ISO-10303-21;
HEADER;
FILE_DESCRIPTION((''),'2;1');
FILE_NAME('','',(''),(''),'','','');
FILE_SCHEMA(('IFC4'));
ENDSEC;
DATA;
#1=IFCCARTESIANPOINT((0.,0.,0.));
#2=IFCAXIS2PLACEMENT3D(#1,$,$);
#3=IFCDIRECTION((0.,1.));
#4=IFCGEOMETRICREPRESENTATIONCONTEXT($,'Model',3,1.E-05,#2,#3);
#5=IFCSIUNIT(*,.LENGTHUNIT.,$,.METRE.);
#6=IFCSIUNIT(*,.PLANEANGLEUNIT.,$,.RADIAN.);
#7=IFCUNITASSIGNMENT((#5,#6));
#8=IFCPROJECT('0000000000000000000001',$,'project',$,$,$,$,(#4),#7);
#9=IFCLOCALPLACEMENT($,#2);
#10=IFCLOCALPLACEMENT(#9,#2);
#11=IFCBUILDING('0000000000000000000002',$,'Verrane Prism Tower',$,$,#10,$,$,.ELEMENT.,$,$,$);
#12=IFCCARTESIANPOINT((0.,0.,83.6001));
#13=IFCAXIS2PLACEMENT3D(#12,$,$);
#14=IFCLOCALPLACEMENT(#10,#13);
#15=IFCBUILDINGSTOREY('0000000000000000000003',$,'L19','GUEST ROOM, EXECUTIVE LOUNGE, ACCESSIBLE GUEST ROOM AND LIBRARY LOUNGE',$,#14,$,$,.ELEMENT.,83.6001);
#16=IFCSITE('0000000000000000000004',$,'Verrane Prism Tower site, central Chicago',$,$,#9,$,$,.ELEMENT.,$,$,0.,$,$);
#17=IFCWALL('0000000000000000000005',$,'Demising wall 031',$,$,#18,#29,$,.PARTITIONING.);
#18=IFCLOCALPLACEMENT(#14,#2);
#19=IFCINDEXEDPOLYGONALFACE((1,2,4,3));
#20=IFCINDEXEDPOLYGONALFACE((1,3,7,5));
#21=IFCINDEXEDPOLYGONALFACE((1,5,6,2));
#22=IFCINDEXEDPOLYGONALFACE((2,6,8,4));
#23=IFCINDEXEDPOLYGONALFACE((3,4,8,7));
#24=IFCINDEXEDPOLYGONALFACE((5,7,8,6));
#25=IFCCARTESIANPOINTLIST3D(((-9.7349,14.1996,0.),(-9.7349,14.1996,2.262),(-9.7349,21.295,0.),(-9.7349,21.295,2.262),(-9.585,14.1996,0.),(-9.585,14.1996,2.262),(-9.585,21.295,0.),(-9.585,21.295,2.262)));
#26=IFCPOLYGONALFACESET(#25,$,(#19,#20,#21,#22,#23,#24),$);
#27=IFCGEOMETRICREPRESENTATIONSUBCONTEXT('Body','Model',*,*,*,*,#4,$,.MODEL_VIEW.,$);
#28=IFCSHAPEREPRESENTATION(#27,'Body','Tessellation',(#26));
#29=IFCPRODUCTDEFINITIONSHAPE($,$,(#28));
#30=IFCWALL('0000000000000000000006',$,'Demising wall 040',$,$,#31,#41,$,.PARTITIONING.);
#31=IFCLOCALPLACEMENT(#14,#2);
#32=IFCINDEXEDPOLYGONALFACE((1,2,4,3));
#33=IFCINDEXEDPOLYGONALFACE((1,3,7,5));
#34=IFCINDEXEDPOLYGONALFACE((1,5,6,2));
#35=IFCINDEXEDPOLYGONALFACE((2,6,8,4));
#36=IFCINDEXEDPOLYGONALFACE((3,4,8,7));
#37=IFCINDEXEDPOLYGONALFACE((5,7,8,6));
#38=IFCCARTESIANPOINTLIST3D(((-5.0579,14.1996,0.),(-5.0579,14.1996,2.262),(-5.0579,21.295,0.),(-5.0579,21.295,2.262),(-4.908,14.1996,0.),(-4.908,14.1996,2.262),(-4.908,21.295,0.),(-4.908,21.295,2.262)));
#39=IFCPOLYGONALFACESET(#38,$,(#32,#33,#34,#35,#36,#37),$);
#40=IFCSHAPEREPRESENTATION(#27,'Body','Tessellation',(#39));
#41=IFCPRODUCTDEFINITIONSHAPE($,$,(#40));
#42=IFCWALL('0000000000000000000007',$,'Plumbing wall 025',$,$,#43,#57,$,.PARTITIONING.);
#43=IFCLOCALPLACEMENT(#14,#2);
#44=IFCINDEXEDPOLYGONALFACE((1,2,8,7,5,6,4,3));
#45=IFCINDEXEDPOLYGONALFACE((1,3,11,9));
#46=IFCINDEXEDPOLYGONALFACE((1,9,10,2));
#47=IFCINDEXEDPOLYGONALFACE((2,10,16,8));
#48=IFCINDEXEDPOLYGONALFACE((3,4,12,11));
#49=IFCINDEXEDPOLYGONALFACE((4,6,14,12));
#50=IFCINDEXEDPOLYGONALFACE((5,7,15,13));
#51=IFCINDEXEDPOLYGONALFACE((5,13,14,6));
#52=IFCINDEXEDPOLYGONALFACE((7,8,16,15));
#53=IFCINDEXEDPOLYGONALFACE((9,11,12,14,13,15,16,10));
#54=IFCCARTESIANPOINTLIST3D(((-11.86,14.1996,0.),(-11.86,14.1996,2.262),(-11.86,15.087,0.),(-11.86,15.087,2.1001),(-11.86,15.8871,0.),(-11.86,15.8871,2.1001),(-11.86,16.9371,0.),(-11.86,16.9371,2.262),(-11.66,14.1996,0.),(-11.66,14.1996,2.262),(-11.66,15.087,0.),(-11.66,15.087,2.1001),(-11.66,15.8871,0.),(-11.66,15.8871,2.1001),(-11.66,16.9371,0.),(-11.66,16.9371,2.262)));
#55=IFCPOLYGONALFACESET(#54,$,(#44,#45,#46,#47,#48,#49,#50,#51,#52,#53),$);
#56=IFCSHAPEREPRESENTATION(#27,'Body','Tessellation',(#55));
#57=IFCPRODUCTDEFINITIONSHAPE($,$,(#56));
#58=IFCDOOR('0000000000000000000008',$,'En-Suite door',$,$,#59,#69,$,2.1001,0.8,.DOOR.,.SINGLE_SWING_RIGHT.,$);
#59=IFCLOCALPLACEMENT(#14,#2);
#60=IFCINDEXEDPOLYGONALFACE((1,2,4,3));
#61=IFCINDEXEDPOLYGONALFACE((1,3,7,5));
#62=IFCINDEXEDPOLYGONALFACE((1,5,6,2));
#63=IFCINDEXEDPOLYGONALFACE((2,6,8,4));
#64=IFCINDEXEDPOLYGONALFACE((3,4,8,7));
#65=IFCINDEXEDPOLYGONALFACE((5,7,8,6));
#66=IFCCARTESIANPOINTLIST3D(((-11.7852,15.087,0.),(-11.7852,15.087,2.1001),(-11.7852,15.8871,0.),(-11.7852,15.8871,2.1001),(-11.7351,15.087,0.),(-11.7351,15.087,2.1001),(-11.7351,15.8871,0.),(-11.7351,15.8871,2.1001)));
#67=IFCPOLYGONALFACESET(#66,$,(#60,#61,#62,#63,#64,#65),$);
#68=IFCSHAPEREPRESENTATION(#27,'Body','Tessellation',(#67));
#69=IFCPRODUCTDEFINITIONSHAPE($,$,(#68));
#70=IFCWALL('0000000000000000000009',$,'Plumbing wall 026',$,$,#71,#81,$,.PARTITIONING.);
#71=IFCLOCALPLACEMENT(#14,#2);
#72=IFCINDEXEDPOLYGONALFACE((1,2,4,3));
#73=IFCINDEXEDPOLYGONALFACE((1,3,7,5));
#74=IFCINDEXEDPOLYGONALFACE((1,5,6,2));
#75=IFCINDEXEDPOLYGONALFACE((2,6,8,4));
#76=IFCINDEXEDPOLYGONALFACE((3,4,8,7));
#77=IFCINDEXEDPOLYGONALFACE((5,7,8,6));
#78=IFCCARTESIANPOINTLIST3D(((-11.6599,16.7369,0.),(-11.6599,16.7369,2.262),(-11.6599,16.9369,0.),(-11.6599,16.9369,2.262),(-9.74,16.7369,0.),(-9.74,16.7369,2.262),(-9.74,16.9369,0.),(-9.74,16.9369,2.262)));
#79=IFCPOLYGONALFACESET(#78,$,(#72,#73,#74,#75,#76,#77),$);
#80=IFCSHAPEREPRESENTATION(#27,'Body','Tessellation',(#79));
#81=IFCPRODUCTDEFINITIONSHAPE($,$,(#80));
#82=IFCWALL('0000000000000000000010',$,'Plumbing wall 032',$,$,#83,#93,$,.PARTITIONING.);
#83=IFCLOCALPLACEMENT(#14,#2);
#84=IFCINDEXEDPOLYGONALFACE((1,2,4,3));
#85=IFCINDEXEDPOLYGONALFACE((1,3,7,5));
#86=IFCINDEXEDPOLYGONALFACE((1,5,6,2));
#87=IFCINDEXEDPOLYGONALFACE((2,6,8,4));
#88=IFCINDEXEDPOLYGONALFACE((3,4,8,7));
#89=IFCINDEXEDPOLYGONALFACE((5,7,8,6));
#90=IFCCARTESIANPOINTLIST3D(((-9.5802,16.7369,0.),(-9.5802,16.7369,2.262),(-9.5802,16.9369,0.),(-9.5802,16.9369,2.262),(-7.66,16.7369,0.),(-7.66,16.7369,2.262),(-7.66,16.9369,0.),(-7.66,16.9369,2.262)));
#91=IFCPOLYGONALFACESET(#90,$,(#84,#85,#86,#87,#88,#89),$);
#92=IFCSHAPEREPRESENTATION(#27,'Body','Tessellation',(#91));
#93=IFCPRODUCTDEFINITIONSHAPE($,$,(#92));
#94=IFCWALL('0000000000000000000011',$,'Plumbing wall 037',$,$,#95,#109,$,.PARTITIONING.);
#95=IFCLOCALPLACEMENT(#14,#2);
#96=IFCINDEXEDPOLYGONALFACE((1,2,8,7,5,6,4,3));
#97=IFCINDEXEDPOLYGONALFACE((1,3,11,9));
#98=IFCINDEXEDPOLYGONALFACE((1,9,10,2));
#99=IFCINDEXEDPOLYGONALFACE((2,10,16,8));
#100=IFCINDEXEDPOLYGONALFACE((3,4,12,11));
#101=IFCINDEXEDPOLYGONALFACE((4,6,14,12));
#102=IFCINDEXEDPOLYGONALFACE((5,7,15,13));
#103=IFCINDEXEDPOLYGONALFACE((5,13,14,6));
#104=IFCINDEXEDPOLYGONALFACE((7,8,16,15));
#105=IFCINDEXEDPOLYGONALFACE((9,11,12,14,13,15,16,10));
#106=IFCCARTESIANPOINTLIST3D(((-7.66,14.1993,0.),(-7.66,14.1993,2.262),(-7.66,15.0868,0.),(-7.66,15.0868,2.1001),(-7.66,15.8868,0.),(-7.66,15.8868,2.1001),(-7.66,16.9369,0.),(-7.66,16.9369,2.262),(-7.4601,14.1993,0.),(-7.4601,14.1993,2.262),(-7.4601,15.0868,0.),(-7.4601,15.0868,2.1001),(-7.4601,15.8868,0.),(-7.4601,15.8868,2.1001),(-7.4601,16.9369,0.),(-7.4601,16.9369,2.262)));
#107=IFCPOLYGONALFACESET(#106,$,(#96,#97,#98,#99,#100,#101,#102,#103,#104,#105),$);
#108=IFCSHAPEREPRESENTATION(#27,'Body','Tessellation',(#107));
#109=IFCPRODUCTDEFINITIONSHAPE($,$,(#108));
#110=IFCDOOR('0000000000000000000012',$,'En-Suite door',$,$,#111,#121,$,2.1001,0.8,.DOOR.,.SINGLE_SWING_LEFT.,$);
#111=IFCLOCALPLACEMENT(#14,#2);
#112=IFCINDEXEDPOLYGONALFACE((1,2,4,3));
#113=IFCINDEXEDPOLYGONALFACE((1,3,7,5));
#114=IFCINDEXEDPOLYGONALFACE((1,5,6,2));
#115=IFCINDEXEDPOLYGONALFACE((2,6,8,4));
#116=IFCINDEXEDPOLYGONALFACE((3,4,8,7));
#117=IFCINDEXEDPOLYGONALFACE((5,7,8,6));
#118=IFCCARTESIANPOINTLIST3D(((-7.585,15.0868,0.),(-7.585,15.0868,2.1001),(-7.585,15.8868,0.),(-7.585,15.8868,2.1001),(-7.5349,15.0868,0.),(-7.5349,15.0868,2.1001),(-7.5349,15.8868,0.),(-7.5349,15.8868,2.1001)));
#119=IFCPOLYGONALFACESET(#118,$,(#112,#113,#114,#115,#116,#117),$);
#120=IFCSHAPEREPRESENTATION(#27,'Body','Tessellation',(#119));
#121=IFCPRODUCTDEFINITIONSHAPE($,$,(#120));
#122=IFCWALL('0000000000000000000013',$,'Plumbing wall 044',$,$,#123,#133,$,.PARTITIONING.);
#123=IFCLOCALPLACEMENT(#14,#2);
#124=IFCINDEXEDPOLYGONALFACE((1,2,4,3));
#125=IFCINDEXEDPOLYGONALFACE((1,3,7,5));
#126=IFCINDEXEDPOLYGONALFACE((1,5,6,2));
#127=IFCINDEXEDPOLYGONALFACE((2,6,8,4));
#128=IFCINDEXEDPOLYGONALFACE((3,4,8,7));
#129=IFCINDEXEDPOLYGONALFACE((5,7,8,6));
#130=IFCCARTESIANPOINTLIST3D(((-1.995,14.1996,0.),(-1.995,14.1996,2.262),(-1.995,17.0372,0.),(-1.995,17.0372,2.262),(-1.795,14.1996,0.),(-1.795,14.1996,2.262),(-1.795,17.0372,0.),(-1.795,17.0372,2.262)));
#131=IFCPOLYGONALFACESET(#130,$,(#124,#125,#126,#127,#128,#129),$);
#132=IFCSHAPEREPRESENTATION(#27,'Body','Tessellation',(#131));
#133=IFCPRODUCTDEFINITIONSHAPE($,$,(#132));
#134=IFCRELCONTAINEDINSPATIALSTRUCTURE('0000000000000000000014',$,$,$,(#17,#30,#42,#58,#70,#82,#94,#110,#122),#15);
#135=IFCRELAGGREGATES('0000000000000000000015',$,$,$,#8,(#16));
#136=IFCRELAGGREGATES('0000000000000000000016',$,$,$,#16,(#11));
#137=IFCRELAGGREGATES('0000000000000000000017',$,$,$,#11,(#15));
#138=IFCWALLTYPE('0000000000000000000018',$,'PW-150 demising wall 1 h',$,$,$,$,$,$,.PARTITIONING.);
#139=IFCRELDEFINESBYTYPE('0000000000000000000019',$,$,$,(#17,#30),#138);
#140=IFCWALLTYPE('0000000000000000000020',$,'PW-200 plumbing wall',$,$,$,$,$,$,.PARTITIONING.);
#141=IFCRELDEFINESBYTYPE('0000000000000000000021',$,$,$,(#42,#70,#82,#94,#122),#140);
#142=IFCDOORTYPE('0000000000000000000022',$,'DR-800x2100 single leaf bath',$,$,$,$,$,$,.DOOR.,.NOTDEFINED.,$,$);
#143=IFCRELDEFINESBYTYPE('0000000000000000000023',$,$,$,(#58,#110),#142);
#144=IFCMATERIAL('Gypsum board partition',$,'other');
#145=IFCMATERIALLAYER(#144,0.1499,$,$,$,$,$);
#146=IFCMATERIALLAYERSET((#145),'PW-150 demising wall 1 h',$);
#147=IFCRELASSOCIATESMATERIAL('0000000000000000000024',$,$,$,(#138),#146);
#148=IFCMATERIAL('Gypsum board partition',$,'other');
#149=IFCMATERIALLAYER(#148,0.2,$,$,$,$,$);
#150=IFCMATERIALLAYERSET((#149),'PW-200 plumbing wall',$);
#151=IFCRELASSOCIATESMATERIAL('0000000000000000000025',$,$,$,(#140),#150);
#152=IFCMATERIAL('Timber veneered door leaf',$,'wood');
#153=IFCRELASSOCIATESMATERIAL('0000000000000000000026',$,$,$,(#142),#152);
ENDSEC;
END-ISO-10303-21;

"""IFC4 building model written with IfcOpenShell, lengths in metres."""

from ifc_helpers import new_model, si_unit, direction, frame, frame_2d, origin, place, context, subcontext, project, spatial, rectangle, extrude, material, layer, layer_set, type_object, element, fill, save


model = new_model("IFC4")

# Units and contexts
model_context = context("Model", 3, precision=1e-05, world=origin(), true_north=direction((0.0, 1.0)))
body_context = subcontext(model_context, "Body", "Model", "MODEL_VIEW")
ifc_project = project(units=[si_unit("LENGTHUNIT", "METRE"), si_unit("PLANEANGLEUNIT", "RADIAN")], contexts=[model_context])

# Site, building, storey
site_placement = place(None, origin())
site = spatial("IfcSite", under=ifc_project, at=site_placement, Name="Verrane Prism Tower site, central Chicago", CompositionType="ELEMENT", RefElevation=0.0)
building_placement = place(site_placement, origin())
building = spatial("IfcBuilding", under=site, at=building_placement, Name="Verrane Prism Tower", CompositionType="ELEMENT")
storey_placement = place(building_placement, frame((0.0, 0.0, 83.6001)))
storey = spatial("IfcBuildingStorey", under=building, at=storey_placement, Name="L19", Description="GUEST ROOM, EXECUTIVE LOUNGE, ACCESSIBLE GUEST ROOM AND LIBRARY LOUNGE", CompositionType="ELEMENT", Elevation=83.6001)

# Walls
ifc_material_1 = material(Name="Gypsum board partition", Category="other")
ifc_layer_1 = layer(ifc_material_1, 0.1499)
ifc_layer_set_1 = layer_set([ifc_layer_1], Name="PW-150 demising wall 1 h")
wall_type_1 = type_object("IfcWallType", Name="PW-150 demising wall 1 h", PredefinedType="PARTITIONING", material=ifc_layer_set_1)
for number, where, z_axis, x_axis, name in (
    (1, (-9.6599, 14.1995, 0.0), (0.0, 0.0, 1.0), (0.0, 1.0, 0.0), "Demising wall 031"),
    (2, (-4.9829, 14.1995, 0.0), (0.0, 0.0, 1.0), (0.0, 1.0, 0.0), "Demising wall 040"),
):
    element("IfcWall", number, at=place(storey_placement, frame(where, z_axis=z_axis, x_axis=x_axis)), inside=storey, type_object=wall_type_1, Name=name, PredefinedType="PARTITIONING", context=body_context, shape_type="SweptSolid", body=[
        extrude(rectangle(XDim=7.0955, YDim=0.1499, at=frame_2d((3.5479, 0.0))), origin(), (0.0, 0.0, 1.0), 2.262),
    ])

# Wall, opening, door
ifc_material_2 = material(Name="Gypsum board partition", Category="other")
ifc_layer_2 = layer(ifc_material_2, 0.2)
ifc_layer_set_2 = layer_set([ifc_layer_2], Name="PW-200 plumbing wall")
wall_type_2 = type_object("IfcWallType", Name="PW-200 plumbing wall", PredefinedType="PARTITIONING", material=ifc_layer_set_2)
wall_1_placement = place(storey_placement, frame((-11.76, 16.937, 0.0), z_axis=(0.0, 0.0, 1.0), x_axis=(0.0, -1.0, 0.0)))
wall_1 = element("IfcWall", 3, at=wall_1_placement, inside=storey, type_object=wall_type_2, Name="Plumbing wall 025", PredefinedType="PARTITIONING", context=body_context, shape_type="SweptSolid", body=[
    extrude(rectangle(XDim=2.7375, YDim=0.2, at=frame_2d((1.3687, 0.0))), origin(), (0.0, 0.0, 1.0), 2.262),
])
opening_1_placement = place(wall_1_placement, frame((1.05, 0.0, 0.0)))
opening_1 = element("IfcOpeningElement", 4, at=opening_1_placement, cuts=wall_1, PredefinedType="OPENING", context=body_context, shape_type="SweptSolid", body=[
    extrude(rectangle(XDim=0.8, YDim=2.1001, at=frame_2d((0.3999, 1.05))), frame((0.0, 0.1099, 0.0), z_axis=(0.0, -1.0, 0.0), x_axis=(1.0, 0.0, 0.0)), (0.0, 0.0, 1.0), 0.22),
])
ifc_material_3 = material(Name="Timber veneered door leaf", Category="wood")
door_type_1 = type_object("IfcDoorType", Name="DR-800x2100 single leaf bath", OperationType="NOTDEFINED", PredefinedType="DOOR", material=ifc_material_3)
door_1_placement = place(opening_1_placement, origin())
door_1 = element("IfcDoor", 5, at=door_1_placement, inside=storey, type_object=door_type_1, Name="En-Suite door", OperationType="SINGLE_SWING_RIGHT", OverallHeight=2.1001, OverallWidth=0.8, PredefinedType="DOOR", context=body_context, shape_type="SweptSolid", body=[
    extrude(rectangle(XDim=0.8, YDim=2.1001, at=frame_2d((0.3999, 1.05))), frame((0.0, 0.0249, 0.0), z_axis=(0.0, -1.0, 0.0), x_axis=(1.0, 0.0, 0.0)), (0.0, 0.0, 1.0), 0.05),
])
fill(opening_1, door_1)

# Walls
wall_2_placement = place(storey_placement, frame((-11.6599, 16.8369, 0.0), z_axis=(0.0, 0.0, 1.0), x_axis=(1.0, 0.0, 0.0)))
element("IfcWall", 6, at=wall_2_placement, inside=storey, type_object=wall_type_2, Name="Plumbing wall 026", PredefinedType="PARTITIONING", context=body_context, shape_type="SweptSolid", body=[
    extrude(rectangle(XDim=1.9199, YDim=0.2, at=frame_2d((0.96, 0.0))), origin(), (0.0, 0.0, 1.0), 2.262),
])
wall_3_placement = place(storey_placement, frame((-9.5801, 16.8369, 0.0), z_axis=(0.0, 0.0, 1.0), x_axis=(1.0, 0.0, 0.0)))
element("IfcWall", 7, at=wall_3_placement, inside=storey, type_object=wall_type_2, Name="Plumbing wall 032", PredefinedType="PARTITIONING", context=body_context, shape_type="SweptSolid", body=[
    extrude(rectangle(XDim=1.9202, YDim=0.2, at=frame_2d((0.96, 0.0))), origin(), (0.0, 0.0, 1.0), 2.262),
])

# Wall, opening, door
wall_4_placement = place(storey_placement, frame((-7.5601, 14.1995, 0.0), z_axis=(0.0, 0.0, 1.0), x_axis=(0.0, 1.0, 0.0)))
wall_4 = element("IfcWall", 8, at=wall_4_placement, inside=storey, type_object=wall_type_2, Name="Plumbing wall 037", PredefinedType="PARTITIONING", context=body_context, shape_type="SweptSolid", body=[
    extrude(rectangle(XDim=2.7375, YDim=0.2, at=frame_2d((1.3687, 0.0))), origin(), (0.0, 0.0, 1.0), 2.262),
])
opening_2_placement = place(wall_4_placement, frame((0.8875, 0.0, 0.0)))
opening_2 = element("IfcOpeningElement", 9, at=opening_2_placement, cuts=wall_4, PredefinedType="OPENING", context=body_context, shape_type="SweptSolid", body=[
    extrude(rectangle(XDim=0.8, YDim=2.1001, at=frame_2d((0.3999, 1.05))), frame((0.0, 0.1099, 0.0), z_axis=(0.0, -1.0, 0.0), x_axis=(1.0, 0.0, 0.0)), (0.0, 0.0, 1.0), 0.22),
])
door_2_placement = place(opening_2_placement, origin())
door_2 = element("IfcDoor", 10, at=door_2_placement, inside=storey, type_object=door_type_1, Name="En-Suite door", OperationType="SINGLE_SWING_LEFT", OverallHeight=2.1001, OverallWidth=0.8, PredefinedType="DOOR", context=body_context, shape_type="SweptSolid", body=[
    extrude(rectangle(XDim=0.8, YDim=2.1001, at=frame_2d((0.3999, 1.05))), frame((0.0, 0.0249, 0.0), z_axis=(0.0, -1.0, 0.0), x_axis=(1.0, 0.0, 0.0)), (0.0, 0.0, 1.0), 0.05),
])
fill(opening_2, door_2)

# Wall
wall_5_placement = place(storey_placement, frame((-1.895, 14.1995, 0.0), z_axis=(0.0, 0.0, 1.0), x_axis=(0.0, 1.0, 0.0)))
element("IfcWall", 11, at=wall_5_placement, inside=storey, type_object=wall_type_2, Name="Plumbing wall 044", PredefinedType="PARTITIONING", context=body_context, shape_type="SweptSolid", body=[
    extrude(rectangle(XDim=2.8376, YDim=0.2, at=frame_2d((1.4189, 0.0))), origin(), (0.0, 0.0, 1.0), 2.262),
])

save(model, "model.ifc")
